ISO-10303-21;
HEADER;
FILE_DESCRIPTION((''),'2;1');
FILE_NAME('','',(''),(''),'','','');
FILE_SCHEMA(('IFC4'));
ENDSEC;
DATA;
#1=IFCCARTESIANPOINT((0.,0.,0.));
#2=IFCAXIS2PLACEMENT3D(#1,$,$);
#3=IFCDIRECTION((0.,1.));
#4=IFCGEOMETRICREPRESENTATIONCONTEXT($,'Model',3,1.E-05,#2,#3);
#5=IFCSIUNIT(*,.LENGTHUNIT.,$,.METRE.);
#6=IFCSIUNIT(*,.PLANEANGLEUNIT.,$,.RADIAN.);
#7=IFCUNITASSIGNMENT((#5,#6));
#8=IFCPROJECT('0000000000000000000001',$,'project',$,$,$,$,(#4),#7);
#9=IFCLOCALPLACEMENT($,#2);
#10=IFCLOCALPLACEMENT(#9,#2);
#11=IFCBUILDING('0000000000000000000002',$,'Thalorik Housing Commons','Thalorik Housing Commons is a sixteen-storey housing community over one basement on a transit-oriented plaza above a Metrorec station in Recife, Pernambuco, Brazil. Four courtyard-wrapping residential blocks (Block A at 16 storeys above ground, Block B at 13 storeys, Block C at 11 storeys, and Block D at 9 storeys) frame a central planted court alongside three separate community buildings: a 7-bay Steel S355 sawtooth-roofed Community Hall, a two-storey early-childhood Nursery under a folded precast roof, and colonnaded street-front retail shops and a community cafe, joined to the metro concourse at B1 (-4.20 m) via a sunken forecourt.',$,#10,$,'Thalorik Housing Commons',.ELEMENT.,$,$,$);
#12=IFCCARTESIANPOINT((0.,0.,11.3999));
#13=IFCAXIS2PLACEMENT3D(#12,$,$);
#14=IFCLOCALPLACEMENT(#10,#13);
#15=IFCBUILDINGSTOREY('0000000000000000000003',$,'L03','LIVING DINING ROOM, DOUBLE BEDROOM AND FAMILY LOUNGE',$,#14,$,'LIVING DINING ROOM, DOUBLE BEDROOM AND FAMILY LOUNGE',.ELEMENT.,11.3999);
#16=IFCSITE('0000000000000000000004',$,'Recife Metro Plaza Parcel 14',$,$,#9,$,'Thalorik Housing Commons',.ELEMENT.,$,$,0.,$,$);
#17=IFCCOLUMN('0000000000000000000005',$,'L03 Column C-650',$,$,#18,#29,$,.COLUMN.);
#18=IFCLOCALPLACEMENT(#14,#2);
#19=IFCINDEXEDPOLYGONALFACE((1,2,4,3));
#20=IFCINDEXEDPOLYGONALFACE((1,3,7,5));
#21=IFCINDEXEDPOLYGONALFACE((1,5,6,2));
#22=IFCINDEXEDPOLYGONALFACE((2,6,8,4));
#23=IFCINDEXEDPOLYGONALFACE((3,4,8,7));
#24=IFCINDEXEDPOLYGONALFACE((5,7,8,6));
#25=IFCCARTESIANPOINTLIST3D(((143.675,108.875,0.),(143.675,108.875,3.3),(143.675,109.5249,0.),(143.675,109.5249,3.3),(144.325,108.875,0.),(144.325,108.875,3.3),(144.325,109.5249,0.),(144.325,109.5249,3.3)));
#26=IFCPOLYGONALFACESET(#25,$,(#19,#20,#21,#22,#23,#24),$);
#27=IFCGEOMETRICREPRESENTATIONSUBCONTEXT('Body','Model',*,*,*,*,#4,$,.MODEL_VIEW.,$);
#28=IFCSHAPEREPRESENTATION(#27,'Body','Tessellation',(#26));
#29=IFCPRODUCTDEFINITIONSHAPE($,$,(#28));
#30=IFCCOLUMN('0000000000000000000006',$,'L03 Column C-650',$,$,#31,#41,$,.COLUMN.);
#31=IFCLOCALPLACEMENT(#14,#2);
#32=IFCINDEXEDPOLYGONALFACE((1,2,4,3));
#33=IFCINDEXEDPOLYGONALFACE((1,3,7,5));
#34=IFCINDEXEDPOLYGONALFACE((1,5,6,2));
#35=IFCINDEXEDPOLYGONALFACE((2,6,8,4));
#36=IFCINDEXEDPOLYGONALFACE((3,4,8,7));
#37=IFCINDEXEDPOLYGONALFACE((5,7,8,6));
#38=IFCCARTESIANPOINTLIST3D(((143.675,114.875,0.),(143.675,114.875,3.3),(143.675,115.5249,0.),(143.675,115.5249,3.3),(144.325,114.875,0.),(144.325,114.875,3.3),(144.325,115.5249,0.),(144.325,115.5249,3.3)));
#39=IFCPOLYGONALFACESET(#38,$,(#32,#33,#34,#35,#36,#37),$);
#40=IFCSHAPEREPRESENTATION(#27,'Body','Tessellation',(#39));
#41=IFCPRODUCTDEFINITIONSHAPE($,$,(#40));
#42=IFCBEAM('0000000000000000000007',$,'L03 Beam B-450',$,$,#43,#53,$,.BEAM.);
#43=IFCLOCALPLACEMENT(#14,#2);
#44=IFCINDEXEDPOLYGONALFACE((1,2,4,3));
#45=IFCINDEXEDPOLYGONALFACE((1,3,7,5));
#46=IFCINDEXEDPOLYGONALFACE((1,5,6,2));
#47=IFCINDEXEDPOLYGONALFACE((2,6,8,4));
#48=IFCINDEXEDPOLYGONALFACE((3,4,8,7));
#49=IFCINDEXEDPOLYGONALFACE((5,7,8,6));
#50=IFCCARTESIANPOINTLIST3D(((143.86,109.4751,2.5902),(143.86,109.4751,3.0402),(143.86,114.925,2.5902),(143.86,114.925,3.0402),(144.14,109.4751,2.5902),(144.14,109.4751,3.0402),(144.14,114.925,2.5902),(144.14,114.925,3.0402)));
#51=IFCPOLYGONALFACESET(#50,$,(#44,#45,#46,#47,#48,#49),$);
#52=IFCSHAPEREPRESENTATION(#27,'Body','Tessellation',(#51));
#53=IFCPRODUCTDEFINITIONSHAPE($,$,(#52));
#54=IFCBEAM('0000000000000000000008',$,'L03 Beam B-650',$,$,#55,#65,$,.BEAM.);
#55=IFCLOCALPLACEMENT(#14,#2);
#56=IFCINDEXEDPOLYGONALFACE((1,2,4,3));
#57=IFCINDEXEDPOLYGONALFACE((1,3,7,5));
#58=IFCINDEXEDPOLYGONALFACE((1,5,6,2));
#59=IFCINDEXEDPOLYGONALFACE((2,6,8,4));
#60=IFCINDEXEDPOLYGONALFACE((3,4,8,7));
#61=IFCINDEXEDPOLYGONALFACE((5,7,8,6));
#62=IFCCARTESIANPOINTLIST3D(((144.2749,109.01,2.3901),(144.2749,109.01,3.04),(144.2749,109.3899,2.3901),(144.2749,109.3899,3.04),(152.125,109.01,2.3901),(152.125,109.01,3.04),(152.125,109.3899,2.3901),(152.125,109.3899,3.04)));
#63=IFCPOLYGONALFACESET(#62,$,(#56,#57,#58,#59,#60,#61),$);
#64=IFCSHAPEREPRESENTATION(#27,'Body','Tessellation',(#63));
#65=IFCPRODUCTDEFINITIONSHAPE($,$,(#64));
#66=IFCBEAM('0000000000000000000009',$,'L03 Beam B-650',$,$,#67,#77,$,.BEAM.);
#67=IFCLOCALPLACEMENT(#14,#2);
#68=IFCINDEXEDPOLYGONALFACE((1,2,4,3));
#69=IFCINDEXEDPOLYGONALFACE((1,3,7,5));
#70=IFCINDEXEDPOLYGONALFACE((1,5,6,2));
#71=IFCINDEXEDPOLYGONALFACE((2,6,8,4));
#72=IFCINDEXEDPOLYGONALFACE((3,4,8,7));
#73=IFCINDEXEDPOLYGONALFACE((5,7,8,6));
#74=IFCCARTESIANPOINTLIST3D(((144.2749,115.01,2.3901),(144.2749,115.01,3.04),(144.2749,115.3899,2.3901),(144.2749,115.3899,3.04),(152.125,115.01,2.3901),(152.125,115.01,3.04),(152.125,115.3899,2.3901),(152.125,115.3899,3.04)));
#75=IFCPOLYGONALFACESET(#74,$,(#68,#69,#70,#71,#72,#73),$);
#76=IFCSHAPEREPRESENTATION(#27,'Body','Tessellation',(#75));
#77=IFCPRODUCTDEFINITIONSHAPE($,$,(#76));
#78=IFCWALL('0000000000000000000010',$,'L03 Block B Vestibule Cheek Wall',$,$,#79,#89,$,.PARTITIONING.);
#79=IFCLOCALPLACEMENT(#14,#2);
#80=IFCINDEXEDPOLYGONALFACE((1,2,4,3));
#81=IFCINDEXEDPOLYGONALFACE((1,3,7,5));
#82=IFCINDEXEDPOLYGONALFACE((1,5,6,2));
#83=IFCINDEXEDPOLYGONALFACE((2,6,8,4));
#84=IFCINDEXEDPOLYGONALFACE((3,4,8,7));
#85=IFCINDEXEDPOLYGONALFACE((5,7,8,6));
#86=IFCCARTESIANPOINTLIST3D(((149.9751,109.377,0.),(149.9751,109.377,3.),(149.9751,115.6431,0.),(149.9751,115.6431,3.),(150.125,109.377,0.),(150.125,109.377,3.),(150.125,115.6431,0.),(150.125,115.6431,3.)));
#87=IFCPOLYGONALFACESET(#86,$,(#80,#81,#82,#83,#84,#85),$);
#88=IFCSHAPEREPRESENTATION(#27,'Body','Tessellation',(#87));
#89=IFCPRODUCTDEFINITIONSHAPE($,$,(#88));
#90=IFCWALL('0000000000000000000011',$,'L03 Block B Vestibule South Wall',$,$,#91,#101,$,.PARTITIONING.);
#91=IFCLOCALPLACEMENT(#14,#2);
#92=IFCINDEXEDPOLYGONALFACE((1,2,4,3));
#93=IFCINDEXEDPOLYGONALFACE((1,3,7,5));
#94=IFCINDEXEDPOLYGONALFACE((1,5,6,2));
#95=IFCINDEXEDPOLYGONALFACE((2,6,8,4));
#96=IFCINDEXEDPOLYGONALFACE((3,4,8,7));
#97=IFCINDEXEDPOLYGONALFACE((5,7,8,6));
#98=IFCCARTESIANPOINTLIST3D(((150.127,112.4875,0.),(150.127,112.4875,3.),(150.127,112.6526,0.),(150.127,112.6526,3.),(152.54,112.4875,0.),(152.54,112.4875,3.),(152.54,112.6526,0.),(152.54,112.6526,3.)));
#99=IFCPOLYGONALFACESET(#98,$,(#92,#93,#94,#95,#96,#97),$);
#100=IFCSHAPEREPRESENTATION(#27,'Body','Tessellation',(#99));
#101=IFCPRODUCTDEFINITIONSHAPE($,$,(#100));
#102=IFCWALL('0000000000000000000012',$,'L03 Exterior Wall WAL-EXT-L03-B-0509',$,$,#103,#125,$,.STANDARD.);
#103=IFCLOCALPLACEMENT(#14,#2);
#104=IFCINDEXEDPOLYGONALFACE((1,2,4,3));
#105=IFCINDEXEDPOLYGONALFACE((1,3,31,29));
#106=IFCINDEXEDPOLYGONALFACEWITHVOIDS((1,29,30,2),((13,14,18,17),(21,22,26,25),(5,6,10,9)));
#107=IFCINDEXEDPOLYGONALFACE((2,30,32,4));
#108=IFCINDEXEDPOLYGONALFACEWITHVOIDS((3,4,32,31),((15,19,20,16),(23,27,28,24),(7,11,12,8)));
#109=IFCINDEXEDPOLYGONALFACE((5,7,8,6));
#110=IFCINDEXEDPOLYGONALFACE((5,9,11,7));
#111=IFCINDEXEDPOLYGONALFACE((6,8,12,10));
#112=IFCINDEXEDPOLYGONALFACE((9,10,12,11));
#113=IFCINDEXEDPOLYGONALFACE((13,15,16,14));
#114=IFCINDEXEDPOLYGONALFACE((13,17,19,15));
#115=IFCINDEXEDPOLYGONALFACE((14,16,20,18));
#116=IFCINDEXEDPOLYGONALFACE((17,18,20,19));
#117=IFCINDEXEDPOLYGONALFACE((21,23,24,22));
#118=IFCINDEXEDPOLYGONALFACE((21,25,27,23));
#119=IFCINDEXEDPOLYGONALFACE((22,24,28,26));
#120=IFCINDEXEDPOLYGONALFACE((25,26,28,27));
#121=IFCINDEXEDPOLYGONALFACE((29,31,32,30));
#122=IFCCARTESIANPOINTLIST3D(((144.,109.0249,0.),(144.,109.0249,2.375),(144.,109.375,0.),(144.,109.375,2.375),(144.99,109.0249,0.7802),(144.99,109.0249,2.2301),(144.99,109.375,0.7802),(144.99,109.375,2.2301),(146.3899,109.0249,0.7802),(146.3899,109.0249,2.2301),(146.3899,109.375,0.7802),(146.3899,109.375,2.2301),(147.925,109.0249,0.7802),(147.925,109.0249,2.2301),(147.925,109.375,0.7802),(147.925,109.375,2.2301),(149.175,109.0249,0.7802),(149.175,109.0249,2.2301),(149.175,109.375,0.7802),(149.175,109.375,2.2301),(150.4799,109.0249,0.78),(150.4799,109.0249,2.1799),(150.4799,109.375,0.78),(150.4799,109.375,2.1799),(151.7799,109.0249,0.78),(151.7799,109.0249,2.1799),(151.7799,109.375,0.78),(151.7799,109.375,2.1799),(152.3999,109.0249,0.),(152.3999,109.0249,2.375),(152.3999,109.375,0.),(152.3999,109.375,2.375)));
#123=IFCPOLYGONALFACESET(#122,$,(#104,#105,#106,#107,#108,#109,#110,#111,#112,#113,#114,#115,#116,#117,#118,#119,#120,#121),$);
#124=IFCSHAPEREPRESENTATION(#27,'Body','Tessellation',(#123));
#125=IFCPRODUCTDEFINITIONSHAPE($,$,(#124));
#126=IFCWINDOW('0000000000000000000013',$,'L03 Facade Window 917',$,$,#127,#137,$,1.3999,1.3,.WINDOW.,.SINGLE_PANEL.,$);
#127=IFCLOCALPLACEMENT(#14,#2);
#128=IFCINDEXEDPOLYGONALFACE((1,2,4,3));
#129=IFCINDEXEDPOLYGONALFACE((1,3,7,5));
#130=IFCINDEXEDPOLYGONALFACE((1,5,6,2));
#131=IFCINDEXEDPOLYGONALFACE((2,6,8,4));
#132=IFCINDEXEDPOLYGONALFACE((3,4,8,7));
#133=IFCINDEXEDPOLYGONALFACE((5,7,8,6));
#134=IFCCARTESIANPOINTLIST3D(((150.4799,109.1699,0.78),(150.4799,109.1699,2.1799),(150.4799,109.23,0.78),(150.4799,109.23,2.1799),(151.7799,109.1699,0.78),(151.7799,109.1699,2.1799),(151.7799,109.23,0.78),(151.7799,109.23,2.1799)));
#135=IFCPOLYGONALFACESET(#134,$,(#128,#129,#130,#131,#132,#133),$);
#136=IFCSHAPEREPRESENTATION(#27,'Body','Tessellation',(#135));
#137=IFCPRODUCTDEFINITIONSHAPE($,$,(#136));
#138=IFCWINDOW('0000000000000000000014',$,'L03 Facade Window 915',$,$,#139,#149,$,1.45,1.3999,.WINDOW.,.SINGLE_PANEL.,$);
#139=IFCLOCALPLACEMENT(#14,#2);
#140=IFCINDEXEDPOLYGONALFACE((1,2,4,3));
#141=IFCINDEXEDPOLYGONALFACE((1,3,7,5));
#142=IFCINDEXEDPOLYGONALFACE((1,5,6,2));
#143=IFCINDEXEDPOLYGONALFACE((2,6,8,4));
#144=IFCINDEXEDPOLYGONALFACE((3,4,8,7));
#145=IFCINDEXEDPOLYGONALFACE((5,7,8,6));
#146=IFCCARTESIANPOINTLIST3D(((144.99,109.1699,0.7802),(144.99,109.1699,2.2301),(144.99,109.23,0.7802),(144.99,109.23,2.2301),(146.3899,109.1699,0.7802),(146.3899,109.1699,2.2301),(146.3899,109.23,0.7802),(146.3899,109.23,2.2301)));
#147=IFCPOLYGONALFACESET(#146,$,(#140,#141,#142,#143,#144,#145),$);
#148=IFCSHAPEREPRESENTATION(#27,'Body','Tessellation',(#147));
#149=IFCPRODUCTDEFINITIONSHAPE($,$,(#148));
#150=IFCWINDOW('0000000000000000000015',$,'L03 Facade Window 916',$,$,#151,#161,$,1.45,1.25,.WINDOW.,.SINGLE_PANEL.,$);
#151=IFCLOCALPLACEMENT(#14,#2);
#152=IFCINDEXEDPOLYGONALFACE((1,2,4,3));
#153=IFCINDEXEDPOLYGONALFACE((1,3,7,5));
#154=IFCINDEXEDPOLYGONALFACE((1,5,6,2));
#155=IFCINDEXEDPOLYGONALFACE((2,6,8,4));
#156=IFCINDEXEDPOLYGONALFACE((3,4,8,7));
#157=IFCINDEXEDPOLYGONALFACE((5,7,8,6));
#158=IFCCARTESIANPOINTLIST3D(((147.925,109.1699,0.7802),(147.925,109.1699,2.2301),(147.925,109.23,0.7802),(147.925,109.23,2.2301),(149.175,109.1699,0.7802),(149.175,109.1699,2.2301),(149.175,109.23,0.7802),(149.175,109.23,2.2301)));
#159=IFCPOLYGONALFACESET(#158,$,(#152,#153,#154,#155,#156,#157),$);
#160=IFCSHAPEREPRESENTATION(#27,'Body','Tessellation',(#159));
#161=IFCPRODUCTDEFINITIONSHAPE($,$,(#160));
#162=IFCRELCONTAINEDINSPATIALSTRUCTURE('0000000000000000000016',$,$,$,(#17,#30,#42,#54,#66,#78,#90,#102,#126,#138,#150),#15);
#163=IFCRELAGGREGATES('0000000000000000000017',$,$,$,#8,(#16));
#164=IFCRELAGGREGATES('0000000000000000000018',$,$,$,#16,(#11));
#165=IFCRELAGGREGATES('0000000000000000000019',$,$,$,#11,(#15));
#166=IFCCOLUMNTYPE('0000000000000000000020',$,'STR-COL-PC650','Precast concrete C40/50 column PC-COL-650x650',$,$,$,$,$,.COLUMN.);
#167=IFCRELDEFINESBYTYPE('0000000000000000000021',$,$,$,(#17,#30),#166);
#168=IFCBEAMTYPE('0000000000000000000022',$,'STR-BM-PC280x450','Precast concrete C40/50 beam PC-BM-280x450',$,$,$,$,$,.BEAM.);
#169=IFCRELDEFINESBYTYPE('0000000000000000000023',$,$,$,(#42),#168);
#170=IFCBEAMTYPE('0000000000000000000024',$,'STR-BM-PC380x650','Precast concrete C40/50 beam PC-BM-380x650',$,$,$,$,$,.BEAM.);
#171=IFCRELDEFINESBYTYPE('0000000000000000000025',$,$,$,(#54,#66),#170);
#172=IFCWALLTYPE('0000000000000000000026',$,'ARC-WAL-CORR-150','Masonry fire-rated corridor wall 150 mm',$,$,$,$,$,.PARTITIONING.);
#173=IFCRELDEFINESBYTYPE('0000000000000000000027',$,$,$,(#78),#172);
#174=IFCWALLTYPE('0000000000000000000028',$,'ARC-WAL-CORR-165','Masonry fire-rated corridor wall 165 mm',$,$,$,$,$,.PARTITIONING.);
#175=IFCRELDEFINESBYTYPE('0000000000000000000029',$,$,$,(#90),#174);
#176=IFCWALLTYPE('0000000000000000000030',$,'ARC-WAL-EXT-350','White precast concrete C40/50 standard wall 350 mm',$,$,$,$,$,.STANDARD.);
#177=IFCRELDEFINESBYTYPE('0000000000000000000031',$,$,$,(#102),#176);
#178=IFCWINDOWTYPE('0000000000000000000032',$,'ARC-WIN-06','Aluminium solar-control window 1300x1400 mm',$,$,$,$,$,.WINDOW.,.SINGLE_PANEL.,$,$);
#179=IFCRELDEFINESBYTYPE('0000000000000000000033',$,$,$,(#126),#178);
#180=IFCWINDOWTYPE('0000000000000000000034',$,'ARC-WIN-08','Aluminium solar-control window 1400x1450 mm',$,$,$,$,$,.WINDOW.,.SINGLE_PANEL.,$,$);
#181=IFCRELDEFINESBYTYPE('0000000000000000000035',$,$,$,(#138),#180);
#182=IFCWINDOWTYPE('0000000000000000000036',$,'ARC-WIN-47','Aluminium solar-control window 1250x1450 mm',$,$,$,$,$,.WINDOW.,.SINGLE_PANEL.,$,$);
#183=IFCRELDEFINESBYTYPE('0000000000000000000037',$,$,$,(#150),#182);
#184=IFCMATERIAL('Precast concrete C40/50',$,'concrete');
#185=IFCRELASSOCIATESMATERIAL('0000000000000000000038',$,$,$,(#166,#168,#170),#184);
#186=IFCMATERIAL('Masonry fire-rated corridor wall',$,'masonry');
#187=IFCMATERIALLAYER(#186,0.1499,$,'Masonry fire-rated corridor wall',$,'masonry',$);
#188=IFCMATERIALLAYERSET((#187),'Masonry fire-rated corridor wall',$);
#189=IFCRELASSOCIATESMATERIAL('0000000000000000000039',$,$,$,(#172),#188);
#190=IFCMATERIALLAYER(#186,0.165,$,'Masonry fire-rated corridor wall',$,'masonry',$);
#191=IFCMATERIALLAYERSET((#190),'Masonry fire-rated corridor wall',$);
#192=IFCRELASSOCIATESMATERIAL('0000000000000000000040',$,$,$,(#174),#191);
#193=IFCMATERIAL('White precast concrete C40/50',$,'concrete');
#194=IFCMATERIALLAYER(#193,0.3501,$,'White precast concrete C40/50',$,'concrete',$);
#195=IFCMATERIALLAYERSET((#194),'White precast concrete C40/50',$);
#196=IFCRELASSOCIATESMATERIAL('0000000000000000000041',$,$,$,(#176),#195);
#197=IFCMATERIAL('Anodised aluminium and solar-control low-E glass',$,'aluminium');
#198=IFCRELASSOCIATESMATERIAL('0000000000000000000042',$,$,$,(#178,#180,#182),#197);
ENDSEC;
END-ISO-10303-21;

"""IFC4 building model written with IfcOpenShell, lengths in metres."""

from ifc_helpers import new_model, si_unit, direction, frame, frame_2d, origin, origin_2d, place, context, subcontext, project, spatial, rectangle, extrude, material, layer, layer_set, material_profile, profile_set, type_object, element, fill, save


model = new_model("IFC4")

# Units and contexts
model_context = context("Model", 3, precision=1e-05, world=origin(), true_north=direction((0.0, 1.0)))
body_context = subcontext(model_context, "Body", "Model", "MODEL_VIEW")
ifc_project = project(units=[si_unit("LENGTHUNIT", "METRE"), si_unit("PLANEANGLEUNIT", "RADIAN")], contexts=[model_context])

# Site, building, storey
site_placement = place(None, origin())
site = spatial("IfcSite", under=ifc_project, at=site_placement, Name="Recife Metro Plaza Parcel 14", LongName="Thalorik Housing Commons", CompositionType="ELEMENT", RefElevation=0.0)
building_placement = place(site_placement, origin())
building = spatial("IfcBuilding", under=site, at=building_placement, Name="Thalorik Housing Commons", Description="Thalorik Housing Commons is a sixteen-storey housing community over one basement on a transit-oriented plaza above a Metrorec station in Recife, Pernambuco, Brazil. Four courtyard-wrapping residential blocks (Block A at 16 storeys above ground, Block B at 13 storeys, Block C at 11 storeys, and Block D at 9 storeys) frame a central planted court alongside three separate community buildings: a 7-bay Steel S355 sawtooth-roofed Community Hall, a two-storey early-childhood Nursery under a folded precast roof, and colonnaded street-front retail shops and a community cafe, joined to the metro concourse at B1 (-4.20 m) via a sunken forecourt.", LongName="Thalorik Housing Commons", CompositionType="ELEMENT")
storey_placement = place(building_placement, frame((0.0, 0.0, 11.3999)))
storey = spatial("IfcBuildingStorey", under=building, at=storey_placement, Name="L03", Description="LIVING DINING ROOM, DOUBLE BEDROOM AND FAMILY LOUNGE", LongName="LIVING DINING ROOM, DOUBLE BEDROOM AND FAMILY LOUNGE", CompositionType="ELEMENT", Elevation=11.3999)

# Columns
ifc_material_1 = material(Name="Precast concrete C40/50", Category="concrete")
ifc_material_profile_1 = material_profile(ifc_material_1, rectangle(XDim=0.6499, YDim=0.6499, at=origin_2d()), Name="PC 650x650", Category="concrete")
ifc_profile_set_1 = profile_set([ifc_material_profile_1], Name="Precast concrete C40/50")
column_type = type_object("IfcColumnType", Name="STR-COL-PC650", Description="Precast concrete C40/50 column PC-COL-650x650", PredefinedType="COLUMN", material=ifc_profile_set_1)
for number, where, z_axis, x_axis, name in (
    (1, (144.0, 109.2, 0.0), (0.0, 0.0, 1.0), (1.0, 0.0, 0.0), "L03 Column C-650"),
    (2, (144.0, 115.2, 0.0), (0.0, 0.0, 1.0), (1.0, 0.0, 0.0), "L03 Column C-650"),
):
    element("IfcColumn", number, at=place(storey_placement, frame(where, z_axis=z_axis, x_axis=x_axis)), inside=storey, type_object=column_type, Name=name, PredefinedType="COLUMN", context=body_context, shape_type="SweptSolid", body=[
        extrude(rectangle(XDim=0.6499, YDim=0.6499, at=origin_2d()), origin(), (0.0, 0.0, 1.0), 3.3),
    ])

# Beams
ifc_material_profile_2 = material_profile(ifc_material_1, rectangle(XDim=0.28, YDim=0.45, at=origin_2d()), Name="PC 280x450", Category="concrete")
ifc_profile_set_2 = profile_set([ifc_material_profile_2], Name="Precast concrete C40/50")
beam_type_1 = type_object("IfcBeamType", Name="STR-BM-PC280x450", Description="Precast concrete C40/50 beam PC-BM-280x450", PredefinedType="BEAM", material=ifc_profile_set_2)
beam_placement = place(storey_placement, frame((144.0, 109.4751, 2.8152), z_axis=(0.0, 1.0, 0.0), x_axis=(-1.0, 0.0, 0.0)))
element("IfcBeam", 3, at=beam_placement, inside=storey, type_object=beam_type_1, Name="L03 Beam B-450", PredefinedType="BEAM", context=body_context, shape_type="SweptSolid", body=[
    extrude(rectangle(XDim=0.28, YDim=0.45, at=origin_2d()), origin(), (0.0, 0.0, 1.0), 5.45),
])
ifc_material_profile_3 = material_profile(ifc_material_1, rectangle(XDim=0.3799, YDim=0.6499, at=origin_2d()), Name="PC 380x650", Category="concrete")
ifc_profile_set_3 = profile_set([ifc_material_profile_3], Name="Precast concrete C40/50")
beam_type_2 = type_object("IfcBeamType", Name="STR-BM-PC380x650", Description="Precast concrete C40/50 beam PC-BM-380x650", PredefinedType="BEAM", material=ifc_profile_set_3)
for number, where, z_axis, x_axis, name in (
    (4, (144.2749, 109.2, 2.7151), (1.0, 0.0, 0.0), (0.0, 1.0, 0.0), "L03 Beam B-650"),
    (5, (144.2749, 115.2, 2.7151), (1.0, 0.0, 0.0), (0.0, 1.0, 0.0), "L03 Beam B-650"),
):
    element("IfcBeam", number, at=place(storey_placement, frame(where, z_axis=z_axis, x_axis=x_axis)), inside=storey, type_object=beam_type_2, Name=name, PredefinedType="BEAM", context=body_context, shape_type="SweptSolid", body=[
        extrude(rectangle(XDim=0.3799, YDim=0.6499, at=origin_2d()), origin(), (0.0, 0.0, 1.0), 7.8501),
    ])

# Walls
ifc_material_2 = material(Name="Masonry fire-rated corridor wall", Category="masonry")
ifc_layer_1 = layer(ifc_material_2, 0.1499, Name="Masonry fire-rated corridor wall", Category="masonry")
ifc_layer_set_1 = layer_set([ifc_layer_1], Name="Masonry fire-rated corridor wall")
wall_type_1 = type_object("IfcWallType", Name="ARC-WAL-CORR-150", Description="Masonry fire-rated corridor wall 150 mm", PredefinedType="PARTITIONING", material=ifc_layer_set_1)
wall_1_placement = place(storey_placement, frame((150.05, 109.377, 0.0), z_axis=(0.0, 0.0, 1.0), x_axis=(0.0, 1.0, 0.0)))
element("IfcWall", 6, at=wall_1_placement, inside=storey, type_object=wall_type_1, Name="L03 Block B Vestibule Cheek Wall", PredefinedType="PARTITIONING", context=body_context, shape_type="SweptSolid", body=[
    extrude(rectangle(XDim=6.2661, YDim=0.1499, at=frame_2d((3.1331, 0.0))), origin(), (0.0, 0.0, 1.0), 3.0),
])
ifc_layer_2 = layer(ifc_material_2, 0.165, Name="Masonry fire-rated corridor wall", Category="masonry")
ifc_layer_set_2 = layer_set([ifc_layer_2], Name="Masonry fire-rated corridor wall")
wall_type_2 = type_object("IfcWallType", Name="ARC-WAL-CORR-165", Description="Masonry fire-rated corridor wall 165 mm", PredefinedType="PARTITIONING", material=ifc_layer_set_2)
wall_2_placement = place(storey_placement, frame((150.127, 112.5701, 0.0), z_axis=(0.0, 0.0, 1.0), x_axis=(1.0, 0.0, 0.0)))
element("IfcWall", 7, at=wall_2_placement, inside=storey, type_object=wall_type_2, Name="L03 Block B Vestibule South Wall", PredefinedType="PARTITIONING", context=body_context, shape_type="SweptSolid", body=[
    extrude(rectangle(XDim=2.4131, YDim=0.165, at=frame_2d((1.2065, 0.0))), origin(), (0.0, 0.0, 1.0), 3.0),
])

# Wall, openings, windows
ifc_material_3 = material(Name="White precast concrete C40/50", Category="concrete")
ifc_layer_3 = layer(ifc_material_3, 0.3501, Name="White precast concrete C40/50", Category="concrete")
ifc_layer_set_3 = layer_set([ifc_layer_3], Name="White precast concrete C40/50")
wall_type_3 = type_object("IfcWallType", Name="ARC-WAL-EXT-350", Description="White precast concrete C40/50 standard wall 350 mm", PredefinedType="STANDARD", material=ifc_layer_set_3)
wall_3_placement = place(storey_placement, frame((144.0, 109.2, 0.0), z_axis=(0.0, 0.0, 1.0), x_axis=(1.0, 0.0, 0.0)))
wall_3 = element("IfcWall", 8, at=wall_3_placement, inside=storey, type_object=wall_type_3, Name="L03 Exterior Wall WAL-EXT-L03-B-0509", PredefinedType="STANDARD", context=body_context, shape_type="SweptSolid", body=[
    extrude(rectangle(XDim=8.3999, YDim=0.3501, at=frame_2d((4.2, 0.0))), origin(), (0.0, 0.0, 1.0), 2.375),
])
opening_1_placement = place(wall_3_placement, frame((0.99, 0.0, 0.78)))
opening_1 = element("IfcOpeningElement", 9, at=opening_1_placement, cuts=wall_3, PredefinedType="OPENING", context=body_context, shape_type="SweptSolid", body=[
    extrude(rectangle(XDim=1.3999, YDim=1.45, at=frame_2d((0.7, 0.7251))), frame((0.0, 0.1851, 0.0), z_axis=(0.0, -1.0, 0.0), x_axis=(1.0, 0.0, 0.0)), (0.0, 0.0, 1.0), 0.3701),
])
opening_2_placement = place(wall_3_placement, frame((3.925, 0.0, 0.78)))
opening_2 = element("IfcOpeningElement", 10, at=opening_2_placement, cuts=wall_3, PredefinedType="OPENING", context=body_context, shape_type="SweptSolid", body=[
    extrude(rectangle(XDim=1.25, YDim=1.45, at=frame_2d((0.625, 0.7251))), frame((0.0, 0.1851, 0.0), z_axis=(0.0, -1.0, 0.0), x_axis=(1.0, 0.0, 0.0)), (0.0, 0.0, 1.0), 0.3701),
])
opening_3_placement = place(wall_3_placement, frame((6.48, 0.0, 0.78)))
opening_3 = element("IfcOpeningElement", 11, at=opening_3_placement, cuts=wall_3, PredefinedType="OPENING", context=body_context, shape_type="SweptSolid", body=[
    extrude(rectangle(XDim=1.3, YDim=1.3999, at=frame_2d((0.6499, 0.7))), frame((0.0, 0.1851, 0.0), z_axis=(0.0, -1.0, 0.0), x_axis=(1.0, 0.0, 0.0)), (0.0, 0.0, 1.0), 0.3701),
])
ifc_material_4 = material(Name="Anodised aluminium and solar-control low-E glass", Category="aluminium")
window_type_1 = type_object("IfcWindowType", Name="ARC-WIN-06", Description="Aluminium solar-control window 1300x1400 mm", PartitioningType="SINGLE_PANEL", PredefinedType="WINDOW", material=ifc_material_4)
window_1_placement = place(opening_3_placement, origin())
window_1 = element("IfcWindow", 12, at=window_1_placement, inside=storey, type_object=window_type_1, Name="L03 Facade Window 917", OverallHeight=1.3999, OverallWidth=1.3, PartitioningType="SINGLE_PANEL", PredefinedType="WINDOW", context=body_context, shape_type="SweptSolid", body=[
    extrude(rectangle(XDim=1.3, YDim=1.3999, at=frame_2d((0.6499, 0.7))), frame((0.0, 0.03, 0.0), z_axis=(0.0, -1.0, 0.0), x_axis=(1.0, 0.0, 0.0)), (0.0, 0.0, 1.0), 0.0601),
])
fill(opening_3, window_1)
window_type_2 = type_object("IfcWindowType", Name="ARC-WIN-08", Description="Aluminium solar-control window 1400x1450 mm", PartitioningType="SINGLE_PANEL", PredefinedType="WINDOW", material=ifc_material_4)
window_2_placement = place(opening_1_placement, origin())
window_2 = element("IfcWindow", 13, at=window_2_placement, inside=storey, type_object=window_type_2, Name="L03 Facade Window 915", OverallHeight=1.45, OverallWidth=1.3999, PartitioningType="SINGLE_PANEL", PredefinedType="WINDOW", context=body_context, shape_type="SweptSolid", body=[
    extrude(rectangle(XDim=1.3999, YDim=1.45, at=frame_2d((0.7, 0.7251))), frame((0.0, 0.03, 0.0), z_axis=(0.0, -1.0, 0.0), x_axis=(1.0, 0.0, 0.0)), (0.0, 0.0, 1.0), 0.0601),
])
fill(opening_1, window_2)
window_type_3 = type_object("IfcWindowType", Name="ARC-WIN-47", Description="Aluminium solar-control window 1250x1450 mm", PartitioningType="SINGLE_PANEL", PredefinedType="WINDOW", material=ifc_material_4)
window_3_placement = place(opening_2_placement, origin())
window_3 = element("IfcWindow", 14, at=window_3_placement, inside=storey, type_object=window_type_3, Name="L03 Facade Window 916", OverallHeight=1.45, OverallWidth=1.25, PartitioningType="SINGLE_PANEL", PredefinedType="WINDOW", context=body_context, shape_type="SweptSolid", body=[
    extrude(rectangle(XDim=1.25, YDim=1.45, at=frame_2d((0.625, 0.7251))), frame((0.0, 0.03, 0.0), z_axis=(0.0, -1.0, 0.0), x_axis=(1.0, 0.0, 0.0)), (0.0, 0.0, 1.0), 0.0601),
])
fill(opening_2, window_3)

save(model, "model.ifc")
